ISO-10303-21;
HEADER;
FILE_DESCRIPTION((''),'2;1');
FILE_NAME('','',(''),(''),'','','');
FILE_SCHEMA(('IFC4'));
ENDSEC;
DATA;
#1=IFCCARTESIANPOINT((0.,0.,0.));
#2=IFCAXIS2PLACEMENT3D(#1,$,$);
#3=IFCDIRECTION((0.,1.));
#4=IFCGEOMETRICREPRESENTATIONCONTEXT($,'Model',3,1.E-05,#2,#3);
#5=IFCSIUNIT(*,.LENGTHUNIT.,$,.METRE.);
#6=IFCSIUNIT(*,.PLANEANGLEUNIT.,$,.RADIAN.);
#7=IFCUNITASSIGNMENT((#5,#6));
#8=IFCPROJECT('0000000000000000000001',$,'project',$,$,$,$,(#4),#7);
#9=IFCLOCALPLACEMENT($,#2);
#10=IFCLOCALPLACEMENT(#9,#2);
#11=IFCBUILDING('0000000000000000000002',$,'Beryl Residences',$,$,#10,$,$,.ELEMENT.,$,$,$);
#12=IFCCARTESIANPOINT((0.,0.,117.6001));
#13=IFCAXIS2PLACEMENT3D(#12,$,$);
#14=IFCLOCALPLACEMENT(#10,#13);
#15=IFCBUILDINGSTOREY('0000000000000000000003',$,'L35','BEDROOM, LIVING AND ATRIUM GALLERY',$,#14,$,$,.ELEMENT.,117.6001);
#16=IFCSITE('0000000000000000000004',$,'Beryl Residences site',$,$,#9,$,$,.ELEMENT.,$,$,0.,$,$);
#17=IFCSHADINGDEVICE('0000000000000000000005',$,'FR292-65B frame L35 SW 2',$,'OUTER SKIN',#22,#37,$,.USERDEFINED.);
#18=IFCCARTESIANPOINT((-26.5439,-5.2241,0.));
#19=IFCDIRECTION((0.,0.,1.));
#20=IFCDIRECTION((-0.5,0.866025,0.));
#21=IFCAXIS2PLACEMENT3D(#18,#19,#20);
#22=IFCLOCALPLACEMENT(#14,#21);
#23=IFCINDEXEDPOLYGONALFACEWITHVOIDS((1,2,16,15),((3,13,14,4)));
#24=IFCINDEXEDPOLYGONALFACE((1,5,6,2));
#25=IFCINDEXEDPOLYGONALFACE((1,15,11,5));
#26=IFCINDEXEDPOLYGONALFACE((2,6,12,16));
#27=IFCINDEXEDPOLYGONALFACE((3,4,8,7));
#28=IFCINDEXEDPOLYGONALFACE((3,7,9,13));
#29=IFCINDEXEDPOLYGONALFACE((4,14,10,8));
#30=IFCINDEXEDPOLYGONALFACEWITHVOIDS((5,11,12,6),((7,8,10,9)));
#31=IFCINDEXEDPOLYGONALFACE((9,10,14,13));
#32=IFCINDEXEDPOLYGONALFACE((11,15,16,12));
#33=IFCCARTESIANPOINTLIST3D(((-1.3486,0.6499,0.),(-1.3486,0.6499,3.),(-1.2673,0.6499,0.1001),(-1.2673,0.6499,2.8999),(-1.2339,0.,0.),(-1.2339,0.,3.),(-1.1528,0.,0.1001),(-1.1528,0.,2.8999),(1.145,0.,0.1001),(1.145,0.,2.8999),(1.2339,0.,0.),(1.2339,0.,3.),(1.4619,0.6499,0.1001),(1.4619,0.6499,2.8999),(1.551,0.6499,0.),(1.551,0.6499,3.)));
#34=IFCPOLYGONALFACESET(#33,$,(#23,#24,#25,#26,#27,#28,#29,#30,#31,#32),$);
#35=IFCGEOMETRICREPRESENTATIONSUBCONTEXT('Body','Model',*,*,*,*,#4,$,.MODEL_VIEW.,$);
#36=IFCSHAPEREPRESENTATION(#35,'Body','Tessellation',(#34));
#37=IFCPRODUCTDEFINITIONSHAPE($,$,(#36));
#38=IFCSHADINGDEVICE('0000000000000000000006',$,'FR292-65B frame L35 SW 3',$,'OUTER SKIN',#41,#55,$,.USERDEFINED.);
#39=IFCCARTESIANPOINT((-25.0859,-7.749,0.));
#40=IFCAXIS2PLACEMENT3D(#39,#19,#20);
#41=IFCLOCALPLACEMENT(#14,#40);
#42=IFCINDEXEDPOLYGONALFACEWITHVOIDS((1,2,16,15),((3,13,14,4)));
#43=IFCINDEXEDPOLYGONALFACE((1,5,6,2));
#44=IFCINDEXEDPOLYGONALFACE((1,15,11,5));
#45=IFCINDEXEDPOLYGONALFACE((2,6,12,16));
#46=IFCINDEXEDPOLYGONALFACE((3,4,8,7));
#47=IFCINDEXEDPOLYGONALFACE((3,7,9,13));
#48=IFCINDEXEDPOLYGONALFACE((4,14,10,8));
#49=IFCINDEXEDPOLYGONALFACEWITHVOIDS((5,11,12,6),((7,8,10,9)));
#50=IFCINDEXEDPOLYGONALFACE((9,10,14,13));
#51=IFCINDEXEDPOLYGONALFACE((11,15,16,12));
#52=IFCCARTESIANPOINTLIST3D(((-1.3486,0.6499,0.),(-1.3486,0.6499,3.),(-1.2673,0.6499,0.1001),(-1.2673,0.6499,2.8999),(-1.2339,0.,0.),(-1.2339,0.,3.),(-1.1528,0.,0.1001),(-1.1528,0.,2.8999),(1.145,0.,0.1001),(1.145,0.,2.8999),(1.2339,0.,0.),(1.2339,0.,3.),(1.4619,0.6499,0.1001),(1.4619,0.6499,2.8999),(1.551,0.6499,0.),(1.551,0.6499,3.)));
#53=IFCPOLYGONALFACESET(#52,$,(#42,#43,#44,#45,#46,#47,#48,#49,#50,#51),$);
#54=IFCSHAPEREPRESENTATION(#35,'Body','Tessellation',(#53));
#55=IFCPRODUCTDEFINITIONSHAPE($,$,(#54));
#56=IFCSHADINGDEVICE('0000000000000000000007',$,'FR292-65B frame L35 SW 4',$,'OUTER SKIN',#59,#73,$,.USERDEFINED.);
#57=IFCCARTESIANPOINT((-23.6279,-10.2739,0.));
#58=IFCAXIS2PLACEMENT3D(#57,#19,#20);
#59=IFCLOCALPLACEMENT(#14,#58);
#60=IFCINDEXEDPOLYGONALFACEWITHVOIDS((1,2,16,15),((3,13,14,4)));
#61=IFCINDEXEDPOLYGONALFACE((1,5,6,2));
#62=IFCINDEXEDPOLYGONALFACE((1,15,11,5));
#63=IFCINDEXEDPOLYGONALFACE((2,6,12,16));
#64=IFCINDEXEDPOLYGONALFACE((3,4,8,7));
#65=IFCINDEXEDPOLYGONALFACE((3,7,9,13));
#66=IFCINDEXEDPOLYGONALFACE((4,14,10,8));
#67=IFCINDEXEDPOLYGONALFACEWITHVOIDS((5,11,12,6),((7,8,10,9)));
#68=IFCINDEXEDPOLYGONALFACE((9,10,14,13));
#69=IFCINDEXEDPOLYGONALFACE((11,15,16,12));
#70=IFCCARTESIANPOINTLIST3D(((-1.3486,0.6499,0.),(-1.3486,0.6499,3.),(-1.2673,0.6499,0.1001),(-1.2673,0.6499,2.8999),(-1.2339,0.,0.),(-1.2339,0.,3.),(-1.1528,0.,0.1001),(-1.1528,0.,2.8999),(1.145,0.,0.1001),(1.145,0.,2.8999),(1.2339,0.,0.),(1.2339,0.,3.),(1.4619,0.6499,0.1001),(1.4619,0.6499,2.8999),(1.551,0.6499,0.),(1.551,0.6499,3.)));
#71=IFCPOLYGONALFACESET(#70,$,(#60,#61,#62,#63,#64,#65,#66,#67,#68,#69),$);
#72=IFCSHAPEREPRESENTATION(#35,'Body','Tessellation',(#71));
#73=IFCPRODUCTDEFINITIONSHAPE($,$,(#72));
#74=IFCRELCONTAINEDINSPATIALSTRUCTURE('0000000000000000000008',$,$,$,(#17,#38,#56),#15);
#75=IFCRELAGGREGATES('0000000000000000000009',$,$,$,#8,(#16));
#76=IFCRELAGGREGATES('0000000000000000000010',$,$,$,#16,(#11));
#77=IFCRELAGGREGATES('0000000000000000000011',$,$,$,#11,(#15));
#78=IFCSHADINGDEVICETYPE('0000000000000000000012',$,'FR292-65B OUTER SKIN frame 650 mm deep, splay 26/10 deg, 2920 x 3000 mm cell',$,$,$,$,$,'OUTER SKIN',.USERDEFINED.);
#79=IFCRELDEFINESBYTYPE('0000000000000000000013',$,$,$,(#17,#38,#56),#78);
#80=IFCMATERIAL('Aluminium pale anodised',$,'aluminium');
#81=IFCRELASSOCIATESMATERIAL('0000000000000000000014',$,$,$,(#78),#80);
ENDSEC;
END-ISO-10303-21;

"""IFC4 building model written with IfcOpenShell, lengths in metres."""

from ifc_helpers import new_model, entity, si_unit, direction, frame, origin, place, context, subcontext, project, spatial, source, transform, mapped, material, type_object, type_shapes, element, save


model = new_model("IFC4")

# Units and contexts
model_context = context("Model", 3, precision=1e-05, world=origin(), true_north=direction((0.0, 1.0)))
body_context = subcontext(model_context, "Body", "Model", "MODEL_VIEW")
ifc_project = project(units=[si_unit("LENGTHUNIT", "METRE"), si_unit("PLANEANGLEUNIT", "RADIAN")], contexts=[model_context])

# Site, building, storey
site_placement = place(None, origin())
site = spatial("IfcSite", under=ifc_project, at=site_placement, Name="Beryl Residences site", CompositionType="ELEMENT", RefElevation=0.0)
building_placement = place(site_placement, origin())
building = spatial("IfcBuilding", under=site, at=building_placement, Name="Beryl Residences", CompositionType="ELEMENT")
storey_placement = place(building_placement, frame((0.0, 0.0, 117.6001)))
storey = spatial("IfcBuildingStorey", under=building, at=storey_placement, Name="L35", Description="BEDROOM, LIVING AND ATRIUM GALLERY", CompositionType="ELEMENT", Elevation=117.6001)

# Shading devices
ifc_material_1 = material(Name="Aluminium pale anodised", Category="aluminium")
shading_device_type = type_object("IfcShadingDeviceType", Name="FR292-65B OUTER SKIN frame 650 mm deep, splay 26/10 deg, 2920 x 3000 mm cell", ElementType="OUTER SKIN", PredefinedType="USERDEFINED", material=ifc_material_1)
cartesian_point_1 = entity("IfcCartesianPoint", [-1.2339, 0.0])
cartesian_point_2 = entity("IfcCartesianPoint", [-1.145, 0.1001])
cartesian_point_3 = entity("IfcCartesianPoint", [-1.551, 0.0])
cartesian_point_4 = entity("IfcCartesianPoint", [-1.4619, 0.1001])
shared_shape = source(origin(), body_context, "Body", "SweptSolid", [
    entity("IfcExtrudedAreaSolidTapered", entity("IfcArbitraryProfileDefWithVoids", "AREA", None, entity("IfcPolyline", [cartesian_point_1, entity("IfcCartesianPoint", [1.2339, 0.0]), entity("IfcCartesianPoint", [1.2339, 3.0]), entity("IfcCartesianPoint", [-1.2339, 3.0]), cartesian_point_1]), [entity("IfcPolyline", [cartesian_point_2, entity("IfcCartesianPoint", [1.1528, 0.1001]), entity("IfcCartesianPoint", [1.1528, 2.8999]), entity("IfcCartesianPoint", [-1.145, 2.8999]), cartesian_point_2])]), entity("IfcAxis2Placement3D", entity("IfcCartesianPoint", [0.0, 0.0, 0.0]), entity("IfcDirection", [0.0, 1.0, 0.0]), entity("IfcDirection", [-1.0, 0.0, 0.0])), entity("IfcDirection", [0.0, 0.0, 1.0]), 0.6499, entity("IfcArbitraryProfileDefWithVoids", "AREA", None, entity("IfcPolyline", [cartesian_point_3, entity("IfcCartesianPoint", [1.3486, 0.0]), entity("IfcCartesianPoint", [1.3486, 3.0]), entity("IfcCartesianPoint", [-1.551, 3.0]), cartesian_point_3]), [entity("IfcPolyline", [cartesian_point_4, entity("IfcCartesianPoint", [1.2673, 0.1001]), entity("IfcCartesianPoint", [1.2673, 2.8999]), entity("IfcCartesianPoint", [-1.4619, 2.8999]), cartesian_point_4])])),
])
type_shapes(shading_device_type, [shared_shape])
for number, where, z_axis, x_axis, name in (
    (1, (-26.5439, -5.2241, 0.0), (0.0, 0.0, 1.0), (-0.5, 0.866025, 0.0), "FR292-65B frame L35 SW 2"),
    (2, (-25.0859, -7.749, 0.0), (0.0, 0.0, 1.0), (-0.5, 0.866025, 0.0), "FR292-65B frame L35 SW 3"),
    (3, (-23.6279, -10.2739, 0.0), (0.0, 0.0, 1.0), (-0.5, 0.866025, 0.0), "FR292-65B frame L35 SW 4"),
):
    element("IfcShadingDevice", number, at=place(storey_placement, frame(where, z_axis=z_axis, x_axis=x_axis)), inside=storey, type_object=shading_device_type, Name=name, ObjectType="OUTER SKIN", PredefinedType="USERDEFINED", context=body_context, shape_type="MappedRepresentation", body=[
        mapped(shared_shape, transform((0.0, 0.0, 0.0))),
    ])

save(model, "model.ifc")
